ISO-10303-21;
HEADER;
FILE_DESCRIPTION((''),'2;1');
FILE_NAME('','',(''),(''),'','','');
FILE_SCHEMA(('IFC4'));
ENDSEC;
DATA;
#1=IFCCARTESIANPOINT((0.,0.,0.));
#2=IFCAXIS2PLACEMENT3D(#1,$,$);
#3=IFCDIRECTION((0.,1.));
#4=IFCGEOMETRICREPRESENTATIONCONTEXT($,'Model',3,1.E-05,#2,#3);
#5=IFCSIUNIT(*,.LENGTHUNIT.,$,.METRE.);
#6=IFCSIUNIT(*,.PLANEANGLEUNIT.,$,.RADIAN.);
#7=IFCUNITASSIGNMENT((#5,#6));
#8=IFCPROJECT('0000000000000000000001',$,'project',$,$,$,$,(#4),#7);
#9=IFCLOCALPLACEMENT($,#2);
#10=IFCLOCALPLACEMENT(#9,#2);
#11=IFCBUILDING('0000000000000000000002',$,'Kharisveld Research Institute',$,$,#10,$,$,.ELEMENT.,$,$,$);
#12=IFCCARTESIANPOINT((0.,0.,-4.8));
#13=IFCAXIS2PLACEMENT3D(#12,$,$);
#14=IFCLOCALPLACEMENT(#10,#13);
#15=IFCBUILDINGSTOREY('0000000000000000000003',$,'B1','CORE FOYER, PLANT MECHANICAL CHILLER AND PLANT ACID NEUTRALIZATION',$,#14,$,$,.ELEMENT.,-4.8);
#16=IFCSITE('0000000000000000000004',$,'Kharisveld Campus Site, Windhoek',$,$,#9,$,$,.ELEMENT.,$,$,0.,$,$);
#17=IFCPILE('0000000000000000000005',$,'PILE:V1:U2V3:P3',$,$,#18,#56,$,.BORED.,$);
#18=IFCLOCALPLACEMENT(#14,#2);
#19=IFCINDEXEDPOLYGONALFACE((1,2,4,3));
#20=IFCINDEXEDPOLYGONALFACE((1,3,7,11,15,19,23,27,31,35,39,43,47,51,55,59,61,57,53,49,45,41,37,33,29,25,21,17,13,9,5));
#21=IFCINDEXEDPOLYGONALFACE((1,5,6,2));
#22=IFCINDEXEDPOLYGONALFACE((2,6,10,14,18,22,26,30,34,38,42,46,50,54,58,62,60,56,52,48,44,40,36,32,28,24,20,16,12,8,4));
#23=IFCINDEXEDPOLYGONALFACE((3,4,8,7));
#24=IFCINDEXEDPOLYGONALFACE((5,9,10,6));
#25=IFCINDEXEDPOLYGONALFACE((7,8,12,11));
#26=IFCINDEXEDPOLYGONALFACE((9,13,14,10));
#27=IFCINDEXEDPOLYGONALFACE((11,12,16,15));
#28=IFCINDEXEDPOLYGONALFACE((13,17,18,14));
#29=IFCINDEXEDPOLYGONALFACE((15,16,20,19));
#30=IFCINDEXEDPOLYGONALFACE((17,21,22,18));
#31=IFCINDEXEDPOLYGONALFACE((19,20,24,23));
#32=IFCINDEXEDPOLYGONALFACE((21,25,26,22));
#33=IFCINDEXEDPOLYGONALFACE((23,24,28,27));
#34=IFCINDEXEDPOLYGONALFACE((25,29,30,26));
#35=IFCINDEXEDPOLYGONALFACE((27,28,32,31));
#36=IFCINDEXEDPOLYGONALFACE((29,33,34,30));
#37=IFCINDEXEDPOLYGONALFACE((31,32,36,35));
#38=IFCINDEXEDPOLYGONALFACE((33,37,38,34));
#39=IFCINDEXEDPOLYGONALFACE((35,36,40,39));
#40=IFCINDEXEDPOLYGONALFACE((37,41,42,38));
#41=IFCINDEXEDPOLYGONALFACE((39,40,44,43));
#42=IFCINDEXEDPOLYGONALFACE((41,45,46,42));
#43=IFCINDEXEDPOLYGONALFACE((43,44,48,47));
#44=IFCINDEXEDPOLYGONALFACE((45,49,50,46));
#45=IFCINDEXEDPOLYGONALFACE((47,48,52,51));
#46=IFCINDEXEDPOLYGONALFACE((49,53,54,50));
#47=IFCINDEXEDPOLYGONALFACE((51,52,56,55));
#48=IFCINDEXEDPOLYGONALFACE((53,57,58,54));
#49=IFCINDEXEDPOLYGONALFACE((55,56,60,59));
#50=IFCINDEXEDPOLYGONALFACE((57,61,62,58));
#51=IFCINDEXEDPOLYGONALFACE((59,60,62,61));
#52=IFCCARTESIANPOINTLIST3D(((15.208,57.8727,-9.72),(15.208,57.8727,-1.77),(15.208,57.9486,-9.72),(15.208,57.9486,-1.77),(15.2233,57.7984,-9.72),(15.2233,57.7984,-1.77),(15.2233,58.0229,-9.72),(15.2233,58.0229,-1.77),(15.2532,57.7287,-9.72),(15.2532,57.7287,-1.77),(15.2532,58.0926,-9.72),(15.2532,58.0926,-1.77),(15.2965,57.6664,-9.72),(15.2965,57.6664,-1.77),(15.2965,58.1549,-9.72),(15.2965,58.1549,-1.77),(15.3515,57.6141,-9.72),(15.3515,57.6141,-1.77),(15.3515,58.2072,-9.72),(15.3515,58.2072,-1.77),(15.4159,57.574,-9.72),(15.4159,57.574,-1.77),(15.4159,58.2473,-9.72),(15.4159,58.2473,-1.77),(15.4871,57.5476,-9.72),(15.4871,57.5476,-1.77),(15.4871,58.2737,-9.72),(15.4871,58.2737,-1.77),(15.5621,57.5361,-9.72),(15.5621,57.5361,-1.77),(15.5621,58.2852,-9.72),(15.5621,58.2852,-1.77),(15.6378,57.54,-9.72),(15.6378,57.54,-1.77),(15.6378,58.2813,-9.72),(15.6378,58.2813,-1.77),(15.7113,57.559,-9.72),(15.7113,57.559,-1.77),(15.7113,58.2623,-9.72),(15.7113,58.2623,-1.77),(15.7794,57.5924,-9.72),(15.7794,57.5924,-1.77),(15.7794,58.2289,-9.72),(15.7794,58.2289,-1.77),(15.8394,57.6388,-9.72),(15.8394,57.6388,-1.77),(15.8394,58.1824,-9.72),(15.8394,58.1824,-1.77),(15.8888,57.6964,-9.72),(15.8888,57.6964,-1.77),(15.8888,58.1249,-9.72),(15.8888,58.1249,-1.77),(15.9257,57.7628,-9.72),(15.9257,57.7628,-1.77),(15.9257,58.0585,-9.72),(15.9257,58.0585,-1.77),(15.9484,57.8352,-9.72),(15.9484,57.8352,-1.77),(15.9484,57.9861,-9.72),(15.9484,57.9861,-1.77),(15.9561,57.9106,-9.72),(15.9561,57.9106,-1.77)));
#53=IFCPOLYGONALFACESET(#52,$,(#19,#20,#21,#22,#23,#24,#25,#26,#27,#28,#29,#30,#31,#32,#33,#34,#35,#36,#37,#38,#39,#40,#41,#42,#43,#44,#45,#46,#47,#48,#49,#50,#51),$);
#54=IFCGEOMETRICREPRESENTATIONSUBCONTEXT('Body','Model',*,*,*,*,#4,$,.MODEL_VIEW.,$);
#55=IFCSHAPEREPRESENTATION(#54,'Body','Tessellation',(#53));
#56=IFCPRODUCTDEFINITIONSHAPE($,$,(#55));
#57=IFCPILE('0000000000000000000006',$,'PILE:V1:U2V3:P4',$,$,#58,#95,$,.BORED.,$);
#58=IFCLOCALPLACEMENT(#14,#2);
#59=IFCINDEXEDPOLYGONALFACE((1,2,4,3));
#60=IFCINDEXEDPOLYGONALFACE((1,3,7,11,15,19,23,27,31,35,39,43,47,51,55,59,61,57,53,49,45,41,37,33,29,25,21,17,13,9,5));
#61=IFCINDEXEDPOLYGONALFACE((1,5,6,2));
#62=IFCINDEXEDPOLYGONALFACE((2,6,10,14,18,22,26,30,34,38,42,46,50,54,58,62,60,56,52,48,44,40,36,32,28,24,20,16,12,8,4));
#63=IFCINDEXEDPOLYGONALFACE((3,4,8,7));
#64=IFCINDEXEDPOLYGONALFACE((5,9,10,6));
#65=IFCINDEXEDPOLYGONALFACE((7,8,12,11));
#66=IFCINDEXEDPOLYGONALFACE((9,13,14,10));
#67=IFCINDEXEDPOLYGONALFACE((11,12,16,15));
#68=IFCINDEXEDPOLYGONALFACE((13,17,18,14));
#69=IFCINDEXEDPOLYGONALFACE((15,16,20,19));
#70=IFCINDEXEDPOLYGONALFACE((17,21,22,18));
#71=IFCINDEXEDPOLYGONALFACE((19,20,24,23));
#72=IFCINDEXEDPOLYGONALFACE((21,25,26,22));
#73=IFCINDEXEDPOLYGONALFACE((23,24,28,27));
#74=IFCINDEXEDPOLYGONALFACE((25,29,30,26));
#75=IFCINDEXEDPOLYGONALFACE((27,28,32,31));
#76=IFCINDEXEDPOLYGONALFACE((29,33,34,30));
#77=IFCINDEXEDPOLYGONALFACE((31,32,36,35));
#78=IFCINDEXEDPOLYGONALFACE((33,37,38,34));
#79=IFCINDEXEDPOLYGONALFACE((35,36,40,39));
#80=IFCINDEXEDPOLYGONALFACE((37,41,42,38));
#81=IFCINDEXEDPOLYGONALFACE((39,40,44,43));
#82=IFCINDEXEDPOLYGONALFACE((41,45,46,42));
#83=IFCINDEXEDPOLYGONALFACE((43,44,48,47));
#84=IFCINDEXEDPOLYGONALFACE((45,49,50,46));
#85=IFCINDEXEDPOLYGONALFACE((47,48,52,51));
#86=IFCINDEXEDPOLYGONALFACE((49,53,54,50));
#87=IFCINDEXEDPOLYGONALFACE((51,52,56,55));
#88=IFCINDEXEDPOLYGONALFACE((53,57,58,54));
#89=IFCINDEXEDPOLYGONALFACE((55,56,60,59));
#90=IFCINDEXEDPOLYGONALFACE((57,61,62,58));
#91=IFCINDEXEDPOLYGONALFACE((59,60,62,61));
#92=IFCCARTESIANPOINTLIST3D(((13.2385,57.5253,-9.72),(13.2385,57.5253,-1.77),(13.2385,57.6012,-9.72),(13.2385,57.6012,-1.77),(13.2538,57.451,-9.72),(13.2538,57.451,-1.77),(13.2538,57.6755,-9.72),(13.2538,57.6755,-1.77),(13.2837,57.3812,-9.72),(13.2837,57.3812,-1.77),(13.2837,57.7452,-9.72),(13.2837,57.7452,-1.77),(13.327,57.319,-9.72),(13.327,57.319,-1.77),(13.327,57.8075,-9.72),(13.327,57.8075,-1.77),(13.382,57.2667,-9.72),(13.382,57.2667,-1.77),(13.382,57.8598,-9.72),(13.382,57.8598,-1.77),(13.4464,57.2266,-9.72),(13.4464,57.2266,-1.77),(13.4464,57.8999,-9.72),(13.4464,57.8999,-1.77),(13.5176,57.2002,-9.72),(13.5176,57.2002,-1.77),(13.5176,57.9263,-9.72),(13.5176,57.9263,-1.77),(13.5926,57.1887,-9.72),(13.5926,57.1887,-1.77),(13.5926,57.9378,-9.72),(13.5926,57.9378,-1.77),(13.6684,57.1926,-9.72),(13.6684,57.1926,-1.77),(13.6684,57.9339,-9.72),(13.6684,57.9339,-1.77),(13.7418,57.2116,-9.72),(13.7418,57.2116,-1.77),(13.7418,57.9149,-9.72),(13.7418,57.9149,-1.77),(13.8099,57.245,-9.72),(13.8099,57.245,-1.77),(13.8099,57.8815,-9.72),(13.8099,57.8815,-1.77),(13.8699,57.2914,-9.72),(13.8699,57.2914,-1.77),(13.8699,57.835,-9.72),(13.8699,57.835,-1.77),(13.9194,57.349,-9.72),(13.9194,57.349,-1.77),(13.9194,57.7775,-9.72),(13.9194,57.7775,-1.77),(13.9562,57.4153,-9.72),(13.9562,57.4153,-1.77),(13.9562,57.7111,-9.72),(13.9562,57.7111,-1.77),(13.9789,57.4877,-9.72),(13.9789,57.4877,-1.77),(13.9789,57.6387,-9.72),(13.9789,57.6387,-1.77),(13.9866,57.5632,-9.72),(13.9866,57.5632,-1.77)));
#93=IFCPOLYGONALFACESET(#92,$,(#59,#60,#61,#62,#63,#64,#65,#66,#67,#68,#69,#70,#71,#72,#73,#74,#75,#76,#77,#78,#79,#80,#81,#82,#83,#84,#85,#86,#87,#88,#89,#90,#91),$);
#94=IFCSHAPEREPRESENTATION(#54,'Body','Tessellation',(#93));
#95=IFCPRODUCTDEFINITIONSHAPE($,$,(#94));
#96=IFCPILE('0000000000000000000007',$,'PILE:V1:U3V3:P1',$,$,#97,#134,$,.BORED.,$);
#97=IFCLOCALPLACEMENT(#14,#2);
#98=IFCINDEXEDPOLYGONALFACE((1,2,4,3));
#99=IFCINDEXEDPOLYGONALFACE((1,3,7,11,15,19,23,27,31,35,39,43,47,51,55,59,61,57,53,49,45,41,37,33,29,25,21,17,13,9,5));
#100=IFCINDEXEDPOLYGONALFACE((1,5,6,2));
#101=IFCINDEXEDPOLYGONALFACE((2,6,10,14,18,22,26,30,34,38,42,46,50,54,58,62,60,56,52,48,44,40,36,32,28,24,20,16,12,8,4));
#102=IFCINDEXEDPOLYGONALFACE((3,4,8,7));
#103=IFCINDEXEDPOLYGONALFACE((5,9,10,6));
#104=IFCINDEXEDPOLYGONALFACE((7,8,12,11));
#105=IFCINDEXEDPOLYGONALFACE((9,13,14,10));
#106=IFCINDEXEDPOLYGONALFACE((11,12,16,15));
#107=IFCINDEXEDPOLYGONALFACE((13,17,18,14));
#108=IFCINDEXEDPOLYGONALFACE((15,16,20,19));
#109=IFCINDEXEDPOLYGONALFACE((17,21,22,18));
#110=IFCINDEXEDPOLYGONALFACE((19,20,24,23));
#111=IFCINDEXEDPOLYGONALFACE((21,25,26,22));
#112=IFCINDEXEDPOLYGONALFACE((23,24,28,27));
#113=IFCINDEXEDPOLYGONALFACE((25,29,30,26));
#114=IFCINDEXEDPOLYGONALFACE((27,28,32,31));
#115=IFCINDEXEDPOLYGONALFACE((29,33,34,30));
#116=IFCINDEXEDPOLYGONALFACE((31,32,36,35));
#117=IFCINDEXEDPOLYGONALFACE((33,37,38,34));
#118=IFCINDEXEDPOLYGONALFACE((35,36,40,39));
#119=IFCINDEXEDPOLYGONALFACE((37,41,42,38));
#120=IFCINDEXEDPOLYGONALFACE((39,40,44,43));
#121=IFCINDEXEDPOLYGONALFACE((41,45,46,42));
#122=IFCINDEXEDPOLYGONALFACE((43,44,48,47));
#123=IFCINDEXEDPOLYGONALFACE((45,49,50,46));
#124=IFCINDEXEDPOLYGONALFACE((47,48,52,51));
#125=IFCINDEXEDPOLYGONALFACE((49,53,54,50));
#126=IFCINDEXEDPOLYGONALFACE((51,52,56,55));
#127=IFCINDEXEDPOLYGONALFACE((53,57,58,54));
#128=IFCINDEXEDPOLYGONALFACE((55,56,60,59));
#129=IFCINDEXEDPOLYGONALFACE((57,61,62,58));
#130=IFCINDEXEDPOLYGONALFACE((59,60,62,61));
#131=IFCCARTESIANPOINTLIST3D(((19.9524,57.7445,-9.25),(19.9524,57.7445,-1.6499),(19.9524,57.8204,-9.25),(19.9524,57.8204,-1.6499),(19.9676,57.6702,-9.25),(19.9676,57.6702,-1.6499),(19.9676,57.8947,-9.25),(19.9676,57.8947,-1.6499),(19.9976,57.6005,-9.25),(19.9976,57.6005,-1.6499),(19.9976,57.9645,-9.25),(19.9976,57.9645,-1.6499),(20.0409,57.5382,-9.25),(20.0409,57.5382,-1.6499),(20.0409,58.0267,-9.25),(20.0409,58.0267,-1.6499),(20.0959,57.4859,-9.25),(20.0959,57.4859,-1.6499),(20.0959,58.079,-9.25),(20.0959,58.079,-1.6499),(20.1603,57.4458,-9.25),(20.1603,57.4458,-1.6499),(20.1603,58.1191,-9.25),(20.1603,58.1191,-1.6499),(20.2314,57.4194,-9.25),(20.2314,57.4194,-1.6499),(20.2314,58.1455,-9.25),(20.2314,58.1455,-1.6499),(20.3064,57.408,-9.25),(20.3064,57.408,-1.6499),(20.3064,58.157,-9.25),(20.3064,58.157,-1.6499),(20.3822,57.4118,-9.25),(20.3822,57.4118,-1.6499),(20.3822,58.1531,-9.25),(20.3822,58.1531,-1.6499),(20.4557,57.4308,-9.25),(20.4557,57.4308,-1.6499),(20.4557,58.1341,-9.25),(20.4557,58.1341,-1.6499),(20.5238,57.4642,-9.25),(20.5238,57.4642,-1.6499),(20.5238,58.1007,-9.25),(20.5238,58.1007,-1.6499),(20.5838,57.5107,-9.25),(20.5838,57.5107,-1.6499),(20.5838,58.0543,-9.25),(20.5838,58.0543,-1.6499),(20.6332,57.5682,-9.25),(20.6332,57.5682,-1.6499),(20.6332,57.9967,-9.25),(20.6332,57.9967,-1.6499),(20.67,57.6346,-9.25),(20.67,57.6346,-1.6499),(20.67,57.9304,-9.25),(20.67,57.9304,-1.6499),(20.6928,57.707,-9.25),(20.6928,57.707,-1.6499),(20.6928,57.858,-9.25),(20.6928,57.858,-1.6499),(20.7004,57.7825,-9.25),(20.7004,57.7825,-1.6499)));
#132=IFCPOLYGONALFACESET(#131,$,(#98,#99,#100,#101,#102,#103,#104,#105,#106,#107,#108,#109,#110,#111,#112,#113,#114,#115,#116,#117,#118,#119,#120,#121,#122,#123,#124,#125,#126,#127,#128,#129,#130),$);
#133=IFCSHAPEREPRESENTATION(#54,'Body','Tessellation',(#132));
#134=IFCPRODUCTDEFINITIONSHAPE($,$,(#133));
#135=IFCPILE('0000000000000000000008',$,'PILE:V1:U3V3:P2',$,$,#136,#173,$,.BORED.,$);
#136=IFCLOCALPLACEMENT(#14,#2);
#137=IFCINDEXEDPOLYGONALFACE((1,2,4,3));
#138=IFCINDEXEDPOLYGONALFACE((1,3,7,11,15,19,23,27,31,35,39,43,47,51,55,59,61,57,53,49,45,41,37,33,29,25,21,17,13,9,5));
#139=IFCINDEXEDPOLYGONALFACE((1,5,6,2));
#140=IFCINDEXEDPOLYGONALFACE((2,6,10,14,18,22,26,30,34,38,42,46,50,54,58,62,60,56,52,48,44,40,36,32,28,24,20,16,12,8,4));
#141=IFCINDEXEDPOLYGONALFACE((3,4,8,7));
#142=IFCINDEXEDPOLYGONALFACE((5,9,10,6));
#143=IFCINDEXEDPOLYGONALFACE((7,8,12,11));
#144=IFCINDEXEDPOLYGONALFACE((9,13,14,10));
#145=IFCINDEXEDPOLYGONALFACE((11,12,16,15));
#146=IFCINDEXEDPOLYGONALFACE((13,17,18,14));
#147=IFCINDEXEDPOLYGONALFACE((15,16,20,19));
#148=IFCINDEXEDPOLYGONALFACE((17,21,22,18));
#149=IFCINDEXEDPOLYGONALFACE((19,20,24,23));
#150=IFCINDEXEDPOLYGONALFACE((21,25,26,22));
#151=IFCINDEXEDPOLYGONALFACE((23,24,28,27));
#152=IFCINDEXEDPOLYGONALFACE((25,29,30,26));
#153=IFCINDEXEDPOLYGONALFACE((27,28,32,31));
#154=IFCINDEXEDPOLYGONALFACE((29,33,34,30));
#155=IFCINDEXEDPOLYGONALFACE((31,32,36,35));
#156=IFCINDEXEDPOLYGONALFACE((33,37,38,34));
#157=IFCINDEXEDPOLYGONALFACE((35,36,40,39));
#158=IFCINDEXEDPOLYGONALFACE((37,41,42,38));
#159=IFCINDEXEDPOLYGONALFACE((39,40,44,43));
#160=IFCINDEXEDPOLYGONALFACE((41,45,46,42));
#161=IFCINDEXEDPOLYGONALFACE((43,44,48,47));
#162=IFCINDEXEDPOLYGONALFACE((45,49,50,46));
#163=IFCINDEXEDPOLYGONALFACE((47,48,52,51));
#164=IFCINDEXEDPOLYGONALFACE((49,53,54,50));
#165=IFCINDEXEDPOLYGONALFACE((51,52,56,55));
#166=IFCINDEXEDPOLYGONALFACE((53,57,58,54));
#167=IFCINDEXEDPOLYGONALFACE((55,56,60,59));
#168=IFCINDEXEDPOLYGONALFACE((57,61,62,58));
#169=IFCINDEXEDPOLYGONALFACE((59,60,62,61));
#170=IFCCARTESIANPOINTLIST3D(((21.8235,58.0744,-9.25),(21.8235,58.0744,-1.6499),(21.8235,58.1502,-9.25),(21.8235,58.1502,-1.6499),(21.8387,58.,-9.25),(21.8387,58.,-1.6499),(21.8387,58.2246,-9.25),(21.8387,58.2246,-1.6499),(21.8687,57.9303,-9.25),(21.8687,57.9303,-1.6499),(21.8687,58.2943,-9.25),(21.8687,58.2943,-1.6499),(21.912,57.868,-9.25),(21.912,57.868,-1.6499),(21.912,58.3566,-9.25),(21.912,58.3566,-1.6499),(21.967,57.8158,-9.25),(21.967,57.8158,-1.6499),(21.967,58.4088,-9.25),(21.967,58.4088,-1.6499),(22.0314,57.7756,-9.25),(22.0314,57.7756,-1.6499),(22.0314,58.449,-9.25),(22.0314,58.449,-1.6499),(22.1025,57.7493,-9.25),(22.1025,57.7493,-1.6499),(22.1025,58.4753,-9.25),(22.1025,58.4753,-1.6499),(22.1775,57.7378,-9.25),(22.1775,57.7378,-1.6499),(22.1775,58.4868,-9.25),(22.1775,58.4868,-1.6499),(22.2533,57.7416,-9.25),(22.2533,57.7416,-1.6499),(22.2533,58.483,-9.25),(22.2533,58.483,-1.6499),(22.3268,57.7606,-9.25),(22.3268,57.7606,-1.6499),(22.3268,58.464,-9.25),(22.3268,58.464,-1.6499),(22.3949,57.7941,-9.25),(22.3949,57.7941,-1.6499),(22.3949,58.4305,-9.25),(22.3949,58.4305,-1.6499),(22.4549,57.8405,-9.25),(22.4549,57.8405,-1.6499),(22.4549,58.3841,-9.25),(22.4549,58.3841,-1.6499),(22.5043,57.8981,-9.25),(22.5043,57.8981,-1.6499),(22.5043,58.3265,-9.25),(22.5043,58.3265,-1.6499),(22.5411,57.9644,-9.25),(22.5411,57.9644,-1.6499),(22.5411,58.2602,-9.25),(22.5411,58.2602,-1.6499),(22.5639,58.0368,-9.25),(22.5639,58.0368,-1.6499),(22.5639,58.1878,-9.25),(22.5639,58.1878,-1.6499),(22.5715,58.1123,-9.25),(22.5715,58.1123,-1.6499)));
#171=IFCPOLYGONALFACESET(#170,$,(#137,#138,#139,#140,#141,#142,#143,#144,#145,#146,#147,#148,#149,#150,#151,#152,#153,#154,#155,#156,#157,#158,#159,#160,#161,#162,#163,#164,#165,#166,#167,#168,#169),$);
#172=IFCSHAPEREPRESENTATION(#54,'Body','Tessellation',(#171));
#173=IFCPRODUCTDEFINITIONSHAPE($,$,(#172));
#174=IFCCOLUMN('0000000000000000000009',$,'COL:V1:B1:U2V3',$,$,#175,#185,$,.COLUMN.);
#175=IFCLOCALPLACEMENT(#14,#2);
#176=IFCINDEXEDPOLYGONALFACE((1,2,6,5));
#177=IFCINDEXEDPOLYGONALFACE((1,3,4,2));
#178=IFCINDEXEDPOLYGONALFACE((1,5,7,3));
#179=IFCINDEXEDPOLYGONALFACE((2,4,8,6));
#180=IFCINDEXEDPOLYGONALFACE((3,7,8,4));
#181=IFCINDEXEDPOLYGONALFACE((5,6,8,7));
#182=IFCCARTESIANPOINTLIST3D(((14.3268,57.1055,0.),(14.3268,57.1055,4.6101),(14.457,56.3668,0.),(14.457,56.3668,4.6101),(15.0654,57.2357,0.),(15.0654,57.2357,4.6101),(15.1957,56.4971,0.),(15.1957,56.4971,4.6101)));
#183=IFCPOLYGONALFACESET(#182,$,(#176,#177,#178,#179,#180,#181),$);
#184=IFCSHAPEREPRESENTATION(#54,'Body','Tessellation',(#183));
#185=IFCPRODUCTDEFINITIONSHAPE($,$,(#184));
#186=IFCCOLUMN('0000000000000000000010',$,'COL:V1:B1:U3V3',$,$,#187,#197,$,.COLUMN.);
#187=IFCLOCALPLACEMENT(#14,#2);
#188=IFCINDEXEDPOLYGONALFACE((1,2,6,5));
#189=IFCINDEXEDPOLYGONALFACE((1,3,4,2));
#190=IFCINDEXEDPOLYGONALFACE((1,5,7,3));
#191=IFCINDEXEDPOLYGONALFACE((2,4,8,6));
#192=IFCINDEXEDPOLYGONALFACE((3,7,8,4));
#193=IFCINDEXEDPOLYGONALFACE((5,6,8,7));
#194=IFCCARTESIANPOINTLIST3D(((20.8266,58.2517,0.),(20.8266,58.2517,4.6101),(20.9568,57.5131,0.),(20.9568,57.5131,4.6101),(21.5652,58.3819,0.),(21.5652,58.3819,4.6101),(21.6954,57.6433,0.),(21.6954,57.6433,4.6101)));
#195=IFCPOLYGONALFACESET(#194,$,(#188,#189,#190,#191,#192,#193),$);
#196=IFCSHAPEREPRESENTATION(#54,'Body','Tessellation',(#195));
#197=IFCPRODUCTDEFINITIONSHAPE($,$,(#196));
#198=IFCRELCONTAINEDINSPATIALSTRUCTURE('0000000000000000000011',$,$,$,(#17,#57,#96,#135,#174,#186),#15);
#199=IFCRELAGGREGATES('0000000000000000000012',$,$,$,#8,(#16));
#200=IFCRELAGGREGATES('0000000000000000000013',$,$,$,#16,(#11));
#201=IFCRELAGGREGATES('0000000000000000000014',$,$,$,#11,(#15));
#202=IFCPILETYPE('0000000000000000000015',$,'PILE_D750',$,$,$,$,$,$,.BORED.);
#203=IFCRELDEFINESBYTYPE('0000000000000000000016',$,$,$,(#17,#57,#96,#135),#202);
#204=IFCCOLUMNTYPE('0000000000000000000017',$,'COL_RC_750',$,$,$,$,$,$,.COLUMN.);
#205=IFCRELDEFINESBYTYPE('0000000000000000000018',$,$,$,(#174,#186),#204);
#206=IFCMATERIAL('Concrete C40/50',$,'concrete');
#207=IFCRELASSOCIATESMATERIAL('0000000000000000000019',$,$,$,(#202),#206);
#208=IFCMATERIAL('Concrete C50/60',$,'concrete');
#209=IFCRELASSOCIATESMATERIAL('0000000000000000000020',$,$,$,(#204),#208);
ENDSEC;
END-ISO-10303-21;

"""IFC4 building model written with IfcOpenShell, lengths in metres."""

from ifc_helpers import new_model, si_unit, direction, frame, origin, origin_2d, place, context, subcontext, project, spatial, rectangle, circle, extrude, material, material_profile, profile_set, type_object, element, save


model = new_model("IFC4")

# Units and contexts
model_context = context("Model", 3, precision=1e-05, world=origin(), true_north=direction((0.0, 1.0)))
body_context = subcontext(model_context, "Body", "Model", "MODEL_VIEW")
ifc_project = project(units=[si_unit("LENGTHUNIT", "METRE"), si_unit("PLANEANGLEUNIT", "RADIAN")], contexts=[model_context])

# Site, building, storey
site_placement = place(None, origin())
site = spatial("IfcSite", under=ifc_project, at=site_placement, Name="Kharisveld Campus Site, Windhoek", CompositionType="ELEMENT", RefElevation=0.0)
building_placement = place(site_placement, origin())
building = spatial("IfcBuilding", under=site, at=building_placement, Name="Kharisveld Research Institute", CompositionType="ELEMENT")
storey_placement = place(building_placement, frame((0.0, 0.0, -4.8)))
storey = spatial("IfcBuildingStorey", under=building, at=storey_placement, Name="B1", Description="CORE FOYER, PLANT MECHANICAL CHILLER AND PLANT ACID NEUTRALIZATION", CompositionType="ELEMENT", Elevation=-4.8)

# Piles
ifc_material_1 = material(Name="Concrete C40/50", Category="concrete")
ifc_material_profile_1 = material_profile(ifc_material_1, circle(Radius=0.375, at=origin_2d()))
ifc_profile_set_1 = profile_set([ifc_material_profile_1], Name="Concrete C40/50")
pile_type_1 = type_object("IfcPileType", Name="PILE_D750", PredefinedType="BORED", material=ifc_profile_set_1)
for number, where, z_axis, x_axis, name in (
    (1, (15.5811, 57.9106, -1.77), (0.0, 0.0, -1.0), (1.0, 0.0, 0.0), "PILE:V1:U2V3:P3"),
    (2, (13.6116, 57.5632, -1.77), (0.0, 0.0, -1.0), (1.0, 0.0, 0.0), "PILE:V1:U2V3:P4"),
):
    element("IfcPile", number, at=place(storey_placement, frame(where, z_axis=z_axis, x_axis=x_axis)), inside=storey, type_object=pile_type_1, Name=name, PredefinedType="BORED", context=body_context, shape_type="SweptSolid", body=[
        extrude(circle(Radius=0.375, at=origin_2d()), origin(), (0.0, 0.0, 1.0), 7.95),
    ])
for number, where, z_axis, x_axis, name in (
    (3, (20.3254, 57.7825, -1.6499), (0.0, 0.0, -1.0), (1.0, 0.0, 0.0), "PILE:V1:U3V3:P1"),
    (4, (22.1965, 58.1123, -1.6499), (0.0, 0.0, -1.0), (1.0, 0.0, 0.0), "PILE:V1:U3V3:P2"),
):
    element("IfcPile", number, at=place(storey_placement, frame(where, z_axis=z_axis, x_axis=x_axis)), inside=storey, type_object=pile_type_1, Name=name, PredefinedType="BORED", context=body_context, shape_type="SweptSolid", body=[
        extrude(circle(Radius=0.375, at=origin_2d()), origin(), (0.0, 0.0, 1.0), 7.6001),
    ])

# Columns
ifc_material_2 = material(Name="Concrete C50/60", Category="concrete")
ifc_material_profile_2 = material_profile(ifc_material_2, rectangle(XDim=0.75, YDim=0.75, at=origin_2d()))
ifc_profile_set_2 = profile_set([ifc_material_profile_2], Name="Concrete C50/60")
column_type = type_object("IfcColumnType", Name="COL_RC_750", PredefinedType="COLUMN", material=ifc_profile_set_2)
for number, where, z_axis, x_axis, name in (
    (5, (14.7612, 56.8013, 0.0), (0.0, 0.0, 1.0), (0.984808, 0.173648, 0.0), "COL:V1:B1:U2V3"),
    (6, (21.261, 57.9475, 0.0), (0.0, 0.0, 1.0), (0.984808, 0.173648, 0.0), "COL:V1:B1:U3V3"),
):
    element("IfcColumn", number, at=place(storey_placement, frame(where, z_axis=z_axis, x_axis=x_axis)), inside=storey, type_object=column_type, Name=name, PredefinedType="COLUMN", context=body_context, shape_type="SweptSolid", body=[
        extrude(rectangle(XDim=0.75, YDim=0.75, at=origin_2d()), origin(), (0.0, 0.0, 1.0), 4.6101),
    ])

save(model, "model.ifc")
